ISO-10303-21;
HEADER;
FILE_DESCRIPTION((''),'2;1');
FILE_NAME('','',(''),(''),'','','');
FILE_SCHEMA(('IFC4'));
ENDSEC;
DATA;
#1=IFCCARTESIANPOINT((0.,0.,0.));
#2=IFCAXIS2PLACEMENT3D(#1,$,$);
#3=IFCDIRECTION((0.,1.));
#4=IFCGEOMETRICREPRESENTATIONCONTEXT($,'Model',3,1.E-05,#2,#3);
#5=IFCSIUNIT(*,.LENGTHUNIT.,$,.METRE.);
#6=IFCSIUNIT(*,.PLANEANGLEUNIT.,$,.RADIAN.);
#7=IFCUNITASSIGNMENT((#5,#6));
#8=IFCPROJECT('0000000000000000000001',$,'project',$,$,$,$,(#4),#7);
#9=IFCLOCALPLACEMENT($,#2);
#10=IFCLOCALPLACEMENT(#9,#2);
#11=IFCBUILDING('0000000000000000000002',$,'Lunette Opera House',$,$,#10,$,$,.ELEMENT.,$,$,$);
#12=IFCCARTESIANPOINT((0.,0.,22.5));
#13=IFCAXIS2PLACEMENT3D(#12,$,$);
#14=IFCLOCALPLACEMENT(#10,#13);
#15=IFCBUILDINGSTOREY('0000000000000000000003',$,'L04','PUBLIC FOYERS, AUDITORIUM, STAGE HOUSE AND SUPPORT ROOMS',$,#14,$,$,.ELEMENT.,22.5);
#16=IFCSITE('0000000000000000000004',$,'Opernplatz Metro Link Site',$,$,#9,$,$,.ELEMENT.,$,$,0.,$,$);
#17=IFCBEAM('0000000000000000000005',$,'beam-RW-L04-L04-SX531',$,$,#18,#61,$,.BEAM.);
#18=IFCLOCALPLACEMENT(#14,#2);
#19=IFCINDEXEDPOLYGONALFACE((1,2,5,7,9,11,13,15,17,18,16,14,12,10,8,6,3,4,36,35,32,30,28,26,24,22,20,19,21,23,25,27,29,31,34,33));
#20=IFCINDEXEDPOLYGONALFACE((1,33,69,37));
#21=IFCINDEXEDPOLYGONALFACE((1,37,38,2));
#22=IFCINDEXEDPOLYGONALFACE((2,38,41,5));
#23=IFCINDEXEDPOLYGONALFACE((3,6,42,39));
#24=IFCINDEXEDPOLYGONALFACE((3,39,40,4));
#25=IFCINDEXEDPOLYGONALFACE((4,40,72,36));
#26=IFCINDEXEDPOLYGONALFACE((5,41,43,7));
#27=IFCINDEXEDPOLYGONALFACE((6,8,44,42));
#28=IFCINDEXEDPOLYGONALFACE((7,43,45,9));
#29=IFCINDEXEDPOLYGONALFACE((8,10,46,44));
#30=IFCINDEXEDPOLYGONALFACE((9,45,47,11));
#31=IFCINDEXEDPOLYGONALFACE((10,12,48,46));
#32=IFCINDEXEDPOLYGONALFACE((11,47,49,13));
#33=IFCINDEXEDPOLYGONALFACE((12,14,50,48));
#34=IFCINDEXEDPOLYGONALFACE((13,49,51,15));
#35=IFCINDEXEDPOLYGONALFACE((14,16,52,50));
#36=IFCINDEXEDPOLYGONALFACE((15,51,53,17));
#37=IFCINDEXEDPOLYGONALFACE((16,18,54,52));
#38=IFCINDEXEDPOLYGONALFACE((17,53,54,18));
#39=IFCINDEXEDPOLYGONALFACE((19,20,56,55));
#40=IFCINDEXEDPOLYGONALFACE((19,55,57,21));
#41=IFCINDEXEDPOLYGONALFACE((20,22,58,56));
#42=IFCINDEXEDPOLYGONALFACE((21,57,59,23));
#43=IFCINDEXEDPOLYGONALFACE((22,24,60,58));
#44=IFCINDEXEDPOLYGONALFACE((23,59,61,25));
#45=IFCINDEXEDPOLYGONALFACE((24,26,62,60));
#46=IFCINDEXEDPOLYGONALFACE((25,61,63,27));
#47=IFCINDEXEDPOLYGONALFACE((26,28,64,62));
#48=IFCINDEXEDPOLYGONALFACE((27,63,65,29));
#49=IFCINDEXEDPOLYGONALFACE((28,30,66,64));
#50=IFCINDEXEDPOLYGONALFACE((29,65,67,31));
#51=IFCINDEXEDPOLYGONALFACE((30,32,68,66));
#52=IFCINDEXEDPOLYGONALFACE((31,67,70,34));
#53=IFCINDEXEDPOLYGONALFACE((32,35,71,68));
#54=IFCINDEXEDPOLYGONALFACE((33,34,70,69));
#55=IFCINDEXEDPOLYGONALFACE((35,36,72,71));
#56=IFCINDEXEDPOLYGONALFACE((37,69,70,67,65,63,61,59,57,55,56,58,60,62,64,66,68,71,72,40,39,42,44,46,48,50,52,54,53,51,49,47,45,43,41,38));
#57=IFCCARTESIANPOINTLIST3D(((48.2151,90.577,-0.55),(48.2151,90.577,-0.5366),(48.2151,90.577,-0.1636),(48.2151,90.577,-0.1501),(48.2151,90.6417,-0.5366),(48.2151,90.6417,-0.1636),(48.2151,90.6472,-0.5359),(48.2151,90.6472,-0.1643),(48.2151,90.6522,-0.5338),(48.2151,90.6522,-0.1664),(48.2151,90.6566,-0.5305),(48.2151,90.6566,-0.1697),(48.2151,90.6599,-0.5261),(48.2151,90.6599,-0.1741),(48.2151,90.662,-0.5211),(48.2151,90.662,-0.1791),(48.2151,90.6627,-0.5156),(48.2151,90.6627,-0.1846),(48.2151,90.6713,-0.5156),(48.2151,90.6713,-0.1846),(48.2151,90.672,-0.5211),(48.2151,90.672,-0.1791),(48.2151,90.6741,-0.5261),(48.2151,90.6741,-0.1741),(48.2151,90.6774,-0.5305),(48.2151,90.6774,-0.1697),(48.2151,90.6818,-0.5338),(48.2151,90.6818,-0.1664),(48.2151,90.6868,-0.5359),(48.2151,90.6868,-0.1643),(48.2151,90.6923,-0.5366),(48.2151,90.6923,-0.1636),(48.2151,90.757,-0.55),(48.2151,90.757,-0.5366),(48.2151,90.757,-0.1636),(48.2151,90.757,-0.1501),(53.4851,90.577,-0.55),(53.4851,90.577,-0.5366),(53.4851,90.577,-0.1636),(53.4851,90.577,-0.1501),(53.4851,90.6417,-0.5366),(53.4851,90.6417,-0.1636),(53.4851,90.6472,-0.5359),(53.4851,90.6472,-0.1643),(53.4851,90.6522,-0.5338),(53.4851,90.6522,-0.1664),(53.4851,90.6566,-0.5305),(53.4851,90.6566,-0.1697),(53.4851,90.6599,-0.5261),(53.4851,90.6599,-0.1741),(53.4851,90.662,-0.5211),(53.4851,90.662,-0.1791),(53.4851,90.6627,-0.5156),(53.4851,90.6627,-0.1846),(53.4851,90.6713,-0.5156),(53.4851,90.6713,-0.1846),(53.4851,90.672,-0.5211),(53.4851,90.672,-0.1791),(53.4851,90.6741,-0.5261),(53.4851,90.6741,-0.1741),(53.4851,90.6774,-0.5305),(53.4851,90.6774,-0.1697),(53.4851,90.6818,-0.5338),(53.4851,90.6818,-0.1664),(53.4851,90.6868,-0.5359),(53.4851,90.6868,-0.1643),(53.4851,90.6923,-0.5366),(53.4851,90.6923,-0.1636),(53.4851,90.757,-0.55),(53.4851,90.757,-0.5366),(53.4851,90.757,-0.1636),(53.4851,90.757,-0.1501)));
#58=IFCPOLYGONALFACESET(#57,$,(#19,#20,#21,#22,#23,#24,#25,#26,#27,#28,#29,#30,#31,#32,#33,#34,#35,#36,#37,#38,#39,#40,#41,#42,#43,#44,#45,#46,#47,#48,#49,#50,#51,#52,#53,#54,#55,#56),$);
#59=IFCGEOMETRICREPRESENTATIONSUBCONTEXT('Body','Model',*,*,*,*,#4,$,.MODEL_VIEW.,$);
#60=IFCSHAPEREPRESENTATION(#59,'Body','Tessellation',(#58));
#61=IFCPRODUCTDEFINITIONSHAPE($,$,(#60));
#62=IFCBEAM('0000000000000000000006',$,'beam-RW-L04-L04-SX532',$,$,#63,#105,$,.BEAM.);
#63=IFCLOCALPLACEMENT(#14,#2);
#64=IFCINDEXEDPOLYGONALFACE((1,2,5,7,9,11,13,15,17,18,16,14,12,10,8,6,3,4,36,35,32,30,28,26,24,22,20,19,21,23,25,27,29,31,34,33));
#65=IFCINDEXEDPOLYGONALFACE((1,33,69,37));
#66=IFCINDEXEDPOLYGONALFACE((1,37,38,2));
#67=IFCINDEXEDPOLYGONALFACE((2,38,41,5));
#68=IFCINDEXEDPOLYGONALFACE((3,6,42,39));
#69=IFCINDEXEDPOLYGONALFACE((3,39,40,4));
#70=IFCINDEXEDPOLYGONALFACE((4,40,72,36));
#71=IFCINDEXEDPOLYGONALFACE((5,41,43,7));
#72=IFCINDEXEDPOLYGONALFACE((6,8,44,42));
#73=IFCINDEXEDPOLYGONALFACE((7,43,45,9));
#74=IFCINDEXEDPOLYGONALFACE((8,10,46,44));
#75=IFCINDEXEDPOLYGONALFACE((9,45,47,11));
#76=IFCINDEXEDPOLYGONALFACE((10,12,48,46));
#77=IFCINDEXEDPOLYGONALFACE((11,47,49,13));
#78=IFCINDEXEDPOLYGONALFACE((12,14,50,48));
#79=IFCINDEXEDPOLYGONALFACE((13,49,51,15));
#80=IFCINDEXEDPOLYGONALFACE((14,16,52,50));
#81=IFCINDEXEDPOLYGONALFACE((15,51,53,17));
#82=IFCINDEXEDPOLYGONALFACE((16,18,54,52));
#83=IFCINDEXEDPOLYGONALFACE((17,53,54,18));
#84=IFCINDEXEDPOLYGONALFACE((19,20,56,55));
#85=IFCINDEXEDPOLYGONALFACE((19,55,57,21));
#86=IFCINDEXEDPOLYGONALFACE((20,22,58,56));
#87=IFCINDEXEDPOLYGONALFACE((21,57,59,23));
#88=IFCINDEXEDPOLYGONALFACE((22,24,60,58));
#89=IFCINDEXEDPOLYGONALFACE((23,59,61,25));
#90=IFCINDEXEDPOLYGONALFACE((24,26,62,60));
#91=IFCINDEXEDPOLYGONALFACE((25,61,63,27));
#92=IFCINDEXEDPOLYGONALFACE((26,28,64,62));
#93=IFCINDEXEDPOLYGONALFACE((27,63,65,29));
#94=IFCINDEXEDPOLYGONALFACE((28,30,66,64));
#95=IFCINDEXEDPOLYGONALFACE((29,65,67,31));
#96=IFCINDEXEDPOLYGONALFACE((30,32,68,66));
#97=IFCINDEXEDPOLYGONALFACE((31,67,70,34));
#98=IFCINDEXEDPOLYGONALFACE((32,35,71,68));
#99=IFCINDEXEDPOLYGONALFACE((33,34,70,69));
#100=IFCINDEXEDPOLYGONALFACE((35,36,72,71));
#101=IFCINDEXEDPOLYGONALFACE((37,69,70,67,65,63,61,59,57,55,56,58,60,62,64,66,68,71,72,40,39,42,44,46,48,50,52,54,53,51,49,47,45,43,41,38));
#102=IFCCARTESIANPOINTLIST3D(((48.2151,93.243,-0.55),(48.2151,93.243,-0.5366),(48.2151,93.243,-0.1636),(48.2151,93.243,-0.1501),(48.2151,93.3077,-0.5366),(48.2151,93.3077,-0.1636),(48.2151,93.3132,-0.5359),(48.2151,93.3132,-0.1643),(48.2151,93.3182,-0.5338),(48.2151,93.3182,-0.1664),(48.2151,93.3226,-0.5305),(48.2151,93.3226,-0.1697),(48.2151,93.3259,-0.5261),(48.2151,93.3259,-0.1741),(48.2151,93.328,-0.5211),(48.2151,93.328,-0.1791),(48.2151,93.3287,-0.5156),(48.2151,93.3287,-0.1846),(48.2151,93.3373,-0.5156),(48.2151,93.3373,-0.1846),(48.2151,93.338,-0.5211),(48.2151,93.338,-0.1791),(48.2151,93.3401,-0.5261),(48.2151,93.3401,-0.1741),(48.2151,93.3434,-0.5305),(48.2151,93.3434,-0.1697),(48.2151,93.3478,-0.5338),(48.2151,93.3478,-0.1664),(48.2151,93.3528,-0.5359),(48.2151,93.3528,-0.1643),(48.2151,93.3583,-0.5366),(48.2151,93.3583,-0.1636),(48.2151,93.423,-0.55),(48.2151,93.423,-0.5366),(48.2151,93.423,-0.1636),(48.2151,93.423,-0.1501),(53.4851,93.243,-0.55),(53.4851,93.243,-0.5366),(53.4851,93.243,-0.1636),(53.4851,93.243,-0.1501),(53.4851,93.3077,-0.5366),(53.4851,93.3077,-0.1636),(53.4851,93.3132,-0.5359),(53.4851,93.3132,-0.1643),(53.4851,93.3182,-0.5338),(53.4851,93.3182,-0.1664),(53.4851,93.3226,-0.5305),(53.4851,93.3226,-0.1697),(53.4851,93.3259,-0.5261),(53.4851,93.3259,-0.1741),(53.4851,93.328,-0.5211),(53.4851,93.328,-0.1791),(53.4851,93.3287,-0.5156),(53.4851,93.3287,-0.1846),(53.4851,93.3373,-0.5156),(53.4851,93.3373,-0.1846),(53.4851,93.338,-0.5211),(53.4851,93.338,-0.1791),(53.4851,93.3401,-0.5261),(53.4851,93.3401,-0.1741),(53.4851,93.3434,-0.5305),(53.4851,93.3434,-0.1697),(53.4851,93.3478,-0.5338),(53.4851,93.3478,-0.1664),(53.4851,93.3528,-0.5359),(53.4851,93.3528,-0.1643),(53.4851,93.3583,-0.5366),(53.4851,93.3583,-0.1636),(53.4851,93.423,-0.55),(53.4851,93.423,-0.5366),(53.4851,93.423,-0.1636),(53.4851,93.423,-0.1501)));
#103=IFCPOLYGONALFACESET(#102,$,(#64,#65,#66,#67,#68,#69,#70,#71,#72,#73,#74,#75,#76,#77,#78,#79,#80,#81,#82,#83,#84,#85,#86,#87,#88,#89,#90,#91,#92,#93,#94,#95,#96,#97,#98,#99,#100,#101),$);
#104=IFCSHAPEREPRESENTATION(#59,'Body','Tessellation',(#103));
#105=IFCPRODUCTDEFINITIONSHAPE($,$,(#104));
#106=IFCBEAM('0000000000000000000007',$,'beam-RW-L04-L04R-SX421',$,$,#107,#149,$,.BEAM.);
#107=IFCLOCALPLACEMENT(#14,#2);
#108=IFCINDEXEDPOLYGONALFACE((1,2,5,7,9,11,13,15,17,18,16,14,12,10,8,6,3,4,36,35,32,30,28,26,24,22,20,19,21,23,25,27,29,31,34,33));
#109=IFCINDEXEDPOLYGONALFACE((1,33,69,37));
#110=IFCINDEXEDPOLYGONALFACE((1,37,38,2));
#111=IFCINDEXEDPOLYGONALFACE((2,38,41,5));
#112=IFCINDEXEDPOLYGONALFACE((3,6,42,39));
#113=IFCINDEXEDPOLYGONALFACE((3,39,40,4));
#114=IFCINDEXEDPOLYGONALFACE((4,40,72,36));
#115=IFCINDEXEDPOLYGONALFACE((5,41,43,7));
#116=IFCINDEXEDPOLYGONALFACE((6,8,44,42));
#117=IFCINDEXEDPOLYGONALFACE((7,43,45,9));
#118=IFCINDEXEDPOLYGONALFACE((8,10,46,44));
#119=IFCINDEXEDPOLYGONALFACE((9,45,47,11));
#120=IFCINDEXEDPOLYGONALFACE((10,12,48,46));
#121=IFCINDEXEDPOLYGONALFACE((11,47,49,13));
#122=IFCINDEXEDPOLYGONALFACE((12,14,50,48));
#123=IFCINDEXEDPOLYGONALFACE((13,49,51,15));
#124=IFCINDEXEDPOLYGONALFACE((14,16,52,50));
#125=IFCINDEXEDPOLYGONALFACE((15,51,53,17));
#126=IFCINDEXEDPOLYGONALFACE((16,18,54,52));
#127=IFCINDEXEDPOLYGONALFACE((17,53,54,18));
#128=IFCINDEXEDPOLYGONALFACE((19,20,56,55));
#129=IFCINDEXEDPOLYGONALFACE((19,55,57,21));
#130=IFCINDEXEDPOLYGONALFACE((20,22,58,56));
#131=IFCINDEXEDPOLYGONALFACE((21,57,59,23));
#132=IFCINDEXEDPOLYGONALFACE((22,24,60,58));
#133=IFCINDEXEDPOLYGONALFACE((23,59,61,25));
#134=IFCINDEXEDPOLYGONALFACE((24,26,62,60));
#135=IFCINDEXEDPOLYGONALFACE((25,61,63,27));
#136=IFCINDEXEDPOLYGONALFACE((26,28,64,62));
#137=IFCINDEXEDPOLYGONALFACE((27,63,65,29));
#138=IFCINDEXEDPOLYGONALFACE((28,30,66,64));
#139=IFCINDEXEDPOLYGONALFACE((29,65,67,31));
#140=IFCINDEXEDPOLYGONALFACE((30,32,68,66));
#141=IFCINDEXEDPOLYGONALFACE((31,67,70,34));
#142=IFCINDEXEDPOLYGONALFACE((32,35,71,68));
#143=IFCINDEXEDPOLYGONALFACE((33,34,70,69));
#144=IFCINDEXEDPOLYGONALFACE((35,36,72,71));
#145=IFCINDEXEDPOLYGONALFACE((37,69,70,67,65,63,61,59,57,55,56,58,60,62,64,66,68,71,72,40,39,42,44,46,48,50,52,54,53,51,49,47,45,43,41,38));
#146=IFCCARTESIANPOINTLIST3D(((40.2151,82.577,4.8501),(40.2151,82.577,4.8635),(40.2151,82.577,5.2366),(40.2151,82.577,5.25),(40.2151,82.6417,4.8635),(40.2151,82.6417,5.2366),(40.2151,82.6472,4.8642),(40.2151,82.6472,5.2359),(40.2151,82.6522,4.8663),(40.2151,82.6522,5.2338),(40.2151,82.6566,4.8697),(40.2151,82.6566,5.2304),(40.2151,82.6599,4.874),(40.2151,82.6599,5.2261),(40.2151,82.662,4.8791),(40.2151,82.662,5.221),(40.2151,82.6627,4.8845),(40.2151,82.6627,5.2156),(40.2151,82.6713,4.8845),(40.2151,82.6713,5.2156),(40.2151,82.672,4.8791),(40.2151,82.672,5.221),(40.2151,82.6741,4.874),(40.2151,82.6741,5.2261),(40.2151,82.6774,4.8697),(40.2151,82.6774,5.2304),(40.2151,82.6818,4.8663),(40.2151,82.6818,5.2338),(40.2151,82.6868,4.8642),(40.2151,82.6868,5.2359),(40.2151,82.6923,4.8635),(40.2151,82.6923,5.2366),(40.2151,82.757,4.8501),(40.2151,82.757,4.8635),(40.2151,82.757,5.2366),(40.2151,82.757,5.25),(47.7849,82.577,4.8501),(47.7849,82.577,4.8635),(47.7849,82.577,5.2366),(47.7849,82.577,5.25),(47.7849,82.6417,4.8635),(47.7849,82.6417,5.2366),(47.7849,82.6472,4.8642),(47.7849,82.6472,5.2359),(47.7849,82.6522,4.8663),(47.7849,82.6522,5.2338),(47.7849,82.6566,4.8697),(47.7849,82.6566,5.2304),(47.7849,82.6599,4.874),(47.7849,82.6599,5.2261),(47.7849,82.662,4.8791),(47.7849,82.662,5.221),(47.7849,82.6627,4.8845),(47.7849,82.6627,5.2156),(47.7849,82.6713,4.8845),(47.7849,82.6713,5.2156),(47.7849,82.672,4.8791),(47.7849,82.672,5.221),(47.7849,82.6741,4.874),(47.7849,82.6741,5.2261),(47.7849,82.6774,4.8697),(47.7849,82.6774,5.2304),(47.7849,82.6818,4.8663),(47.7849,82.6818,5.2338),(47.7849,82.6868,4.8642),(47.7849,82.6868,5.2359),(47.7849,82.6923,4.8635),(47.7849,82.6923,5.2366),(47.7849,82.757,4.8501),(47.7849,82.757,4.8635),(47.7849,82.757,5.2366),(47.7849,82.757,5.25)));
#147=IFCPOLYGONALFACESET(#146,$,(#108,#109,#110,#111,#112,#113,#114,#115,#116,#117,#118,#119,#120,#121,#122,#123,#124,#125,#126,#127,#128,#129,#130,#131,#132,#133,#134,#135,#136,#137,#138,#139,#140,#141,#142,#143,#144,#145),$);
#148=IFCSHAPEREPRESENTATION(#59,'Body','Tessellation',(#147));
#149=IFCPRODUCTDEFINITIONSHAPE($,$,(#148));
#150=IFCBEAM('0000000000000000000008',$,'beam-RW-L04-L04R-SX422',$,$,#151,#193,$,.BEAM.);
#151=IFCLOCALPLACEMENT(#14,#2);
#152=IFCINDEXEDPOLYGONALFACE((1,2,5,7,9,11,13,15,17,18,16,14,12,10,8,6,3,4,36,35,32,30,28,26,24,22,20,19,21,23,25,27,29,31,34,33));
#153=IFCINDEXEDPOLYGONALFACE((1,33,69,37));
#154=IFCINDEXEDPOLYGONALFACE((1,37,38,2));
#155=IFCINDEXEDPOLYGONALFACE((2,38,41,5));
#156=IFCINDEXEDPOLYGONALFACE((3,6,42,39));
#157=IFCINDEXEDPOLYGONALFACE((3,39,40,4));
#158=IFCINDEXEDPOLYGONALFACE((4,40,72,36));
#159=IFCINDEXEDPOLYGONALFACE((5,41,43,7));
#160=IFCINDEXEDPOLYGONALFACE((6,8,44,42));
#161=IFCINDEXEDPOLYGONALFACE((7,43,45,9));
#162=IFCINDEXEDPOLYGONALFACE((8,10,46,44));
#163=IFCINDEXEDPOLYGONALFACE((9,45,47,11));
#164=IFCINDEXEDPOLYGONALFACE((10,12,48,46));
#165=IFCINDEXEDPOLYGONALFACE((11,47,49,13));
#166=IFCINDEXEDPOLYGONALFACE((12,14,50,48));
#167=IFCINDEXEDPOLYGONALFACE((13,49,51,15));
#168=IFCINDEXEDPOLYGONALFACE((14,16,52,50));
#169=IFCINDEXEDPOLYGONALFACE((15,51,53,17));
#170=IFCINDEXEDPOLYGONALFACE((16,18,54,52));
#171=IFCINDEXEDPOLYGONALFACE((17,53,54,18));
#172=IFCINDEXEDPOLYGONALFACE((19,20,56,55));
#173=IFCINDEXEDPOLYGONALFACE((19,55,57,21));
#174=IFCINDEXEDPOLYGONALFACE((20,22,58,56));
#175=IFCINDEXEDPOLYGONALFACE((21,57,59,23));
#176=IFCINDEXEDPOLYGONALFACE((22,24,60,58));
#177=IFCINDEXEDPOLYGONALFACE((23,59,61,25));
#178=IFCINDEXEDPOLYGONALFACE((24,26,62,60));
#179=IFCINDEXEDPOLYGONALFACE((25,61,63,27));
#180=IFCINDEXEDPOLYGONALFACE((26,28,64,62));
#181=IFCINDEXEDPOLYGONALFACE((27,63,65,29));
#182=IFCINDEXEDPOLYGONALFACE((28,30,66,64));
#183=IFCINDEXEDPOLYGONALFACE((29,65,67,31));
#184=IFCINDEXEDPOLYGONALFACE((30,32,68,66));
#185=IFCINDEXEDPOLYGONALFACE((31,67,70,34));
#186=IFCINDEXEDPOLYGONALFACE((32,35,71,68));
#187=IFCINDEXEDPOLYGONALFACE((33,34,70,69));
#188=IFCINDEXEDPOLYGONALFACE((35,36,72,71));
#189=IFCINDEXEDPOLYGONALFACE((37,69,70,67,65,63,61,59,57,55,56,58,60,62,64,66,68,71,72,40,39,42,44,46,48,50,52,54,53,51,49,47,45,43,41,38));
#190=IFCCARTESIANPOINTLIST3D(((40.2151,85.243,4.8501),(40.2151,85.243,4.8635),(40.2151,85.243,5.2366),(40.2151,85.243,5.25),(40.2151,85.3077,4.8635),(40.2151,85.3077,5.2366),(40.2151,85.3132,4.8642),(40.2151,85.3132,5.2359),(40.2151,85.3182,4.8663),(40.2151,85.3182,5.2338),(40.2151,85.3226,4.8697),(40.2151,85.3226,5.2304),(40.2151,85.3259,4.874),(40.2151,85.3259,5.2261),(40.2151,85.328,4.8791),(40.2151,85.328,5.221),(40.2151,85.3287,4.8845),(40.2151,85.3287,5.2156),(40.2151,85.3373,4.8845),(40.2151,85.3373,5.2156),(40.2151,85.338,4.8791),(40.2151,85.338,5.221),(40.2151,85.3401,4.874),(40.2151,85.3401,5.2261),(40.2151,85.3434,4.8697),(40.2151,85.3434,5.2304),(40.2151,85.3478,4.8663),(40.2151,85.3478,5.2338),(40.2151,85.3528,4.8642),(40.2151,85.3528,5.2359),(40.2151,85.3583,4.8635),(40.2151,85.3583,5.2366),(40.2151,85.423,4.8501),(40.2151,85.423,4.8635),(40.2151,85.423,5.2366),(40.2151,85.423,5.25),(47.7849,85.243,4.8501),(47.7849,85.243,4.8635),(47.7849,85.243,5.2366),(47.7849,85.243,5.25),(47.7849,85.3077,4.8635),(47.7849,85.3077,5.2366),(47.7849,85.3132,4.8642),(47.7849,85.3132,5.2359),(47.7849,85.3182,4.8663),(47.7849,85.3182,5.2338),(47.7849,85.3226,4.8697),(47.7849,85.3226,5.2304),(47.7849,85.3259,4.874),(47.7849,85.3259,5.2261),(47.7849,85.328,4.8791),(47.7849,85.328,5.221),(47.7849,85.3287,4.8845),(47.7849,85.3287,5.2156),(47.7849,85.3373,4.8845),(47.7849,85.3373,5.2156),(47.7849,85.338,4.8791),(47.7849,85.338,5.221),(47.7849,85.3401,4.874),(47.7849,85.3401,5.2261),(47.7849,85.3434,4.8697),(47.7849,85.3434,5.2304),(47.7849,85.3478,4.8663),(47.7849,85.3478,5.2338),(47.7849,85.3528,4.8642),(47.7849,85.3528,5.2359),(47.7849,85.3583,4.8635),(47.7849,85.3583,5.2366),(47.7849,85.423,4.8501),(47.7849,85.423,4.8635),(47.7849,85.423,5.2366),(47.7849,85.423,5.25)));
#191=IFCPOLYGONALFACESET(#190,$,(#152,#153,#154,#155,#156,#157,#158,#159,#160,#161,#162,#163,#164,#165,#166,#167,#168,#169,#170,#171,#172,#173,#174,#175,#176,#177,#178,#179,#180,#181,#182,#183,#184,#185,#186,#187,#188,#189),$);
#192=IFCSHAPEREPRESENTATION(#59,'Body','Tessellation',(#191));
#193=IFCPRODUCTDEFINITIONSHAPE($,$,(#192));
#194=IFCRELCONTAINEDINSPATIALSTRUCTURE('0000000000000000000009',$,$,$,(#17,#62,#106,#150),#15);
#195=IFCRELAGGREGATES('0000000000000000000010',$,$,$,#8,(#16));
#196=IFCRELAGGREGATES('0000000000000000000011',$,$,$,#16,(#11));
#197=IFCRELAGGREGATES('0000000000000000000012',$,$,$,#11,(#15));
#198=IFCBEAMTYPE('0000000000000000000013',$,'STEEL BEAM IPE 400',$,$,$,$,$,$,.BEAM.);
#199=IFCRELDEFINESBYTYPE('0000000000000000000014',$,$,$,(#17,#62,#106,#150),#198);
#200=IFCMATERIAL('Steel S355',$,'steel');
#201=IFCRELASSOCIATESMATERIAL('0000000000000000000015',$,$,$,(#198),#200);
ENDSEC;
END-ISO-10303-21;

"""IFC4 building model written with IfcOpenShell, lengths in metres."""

from ifc_helpers import new_model, si_unit, direction, frame, origin, origin_2d, place, context, subcontext, project, spatial, i_section, extrude, material, material_profile, profile_set, type_object, element, save


model = new_model("IFC4")

# Units and contexts
model_context = context("Model", 3, precision=1e-05, world=origin(), true_north=direction((0.0, 1.0)))
body_context = subcontext(model_context, "Body", "Model", "MODEL_VIEW")
ifc_project = project(units=[si_unit("LENGTHUNIT", "METRE"), si_unit("PLANEANGLEUNIT", "RADIAN")], contexts=[model_context])

# Site, building, storey
site_placement = place(None, origin())
site = spatial("IfcSite", under=ifc_project, at=site_placement, Name="Opernplatz Metro Link Site", CompositionType="ELEMENT", RefElevation=0.0)
building_placement = place(site_placement, origin())
building = spatial("IfcBuilding", under=site, at=building_placement, Name="Lunette Opera House", CompositionType="ELEMENT")
storey_placement = place(building_placement, frame((0.0, 0.0, 22.5)))
storey = spatial("IfcBuildingStorey", under=building, at=storey_placement, Name="L04", Description="PUBLIC FOYERS, AUDITORIUM, STAGE HOUSE AND SUPPORT ROOMS", CompositionType="ELEMENT", Elevation=22.5)

# Beams
ifc_material_1 = material(Name="Steel S355", Category="steel")
ifc_material_profile_1 = material_profile(ifc_material_1, i_section(OverallWidth=0.1799, OverallDepth=0.3999, WebThickness=0.0085, FlangeThickness=0.0134, FilletRadius=0.021, at=origin_2d()), Name="IPE 400")
ifc_profile_set_1 = profile_set([ifc_material_profile_1], Name="Steel S355")
beam_type_1 = type_object("IfcBeamType", Name="STEEL BEAM IPE 400", PredefinedType="BEAM", material=ifc_profile_set_1)
for number, where, z_axis, x_axis, name in (
    (1, (48.2151, 90.667, -0.3501), (1.0, 0.0, 0.0), (0.0, 1.0, 0.0), "beam-RW-L04-L04-SX531"),
    (2, (48.2151, 93.333, -0.3501), (1.0, 0.0, 0.0), (0.0, 1.0, 0.0), "beam-RW-L04-L04-SX532"),
):
    element("IfcBeam", number, at=place(storey_placement, frame(where, z_axis=z_axis, x_axis=x_axis)), inside=storey, type_object=beam_type_1, Name=name, PredefinedType="BEAM", context=body_context, shape_type="SweptSolid", body=[
        extrude(i_section(OverallWidth=0.1799, OverallDepth=0.3999, WebThickness=0.0085, FlangeThickness=0.0134, FilletRadius=0.021, at=origin_2d()), origin(), (0.0, 0.0, 1.0), 5.27),
    ])
for number, where, z_axis, x_axis, name in (
    (3, (40.2151, 82.667, 5.05), (1.0, 0.0, 0.0), (0.0, 1.0, 0.0), "beam-RW-L04-L04R-SX421"),
    (4, (40.2151, 85.333, 5.05), (1.0, 0.0, 0.0), (0.0, 1.0, 0.0), "beam-RW-L04-L04R-SX422"),
):
    element("IfcBeam", number, at=place(storey_placement, frame(where, z_axis=z_axis, x_axis=x_axis)), inside=storey, type_object=beam_type_1, Name=name, PredefinedType="BEAM", context=body_context, shape_type="SweptSolid", body=[
        extrude(i_section(OverallWidth=0.1799, OverallDepth=0.3999, WebThickness=0.0085, FlangeThickness=0.0134, FilletRadius=0.021, at=origin_2d()), origin(), (0.0, 0.0, 1.0), 7.5698),
    ])

save(model, "model.ifc")
